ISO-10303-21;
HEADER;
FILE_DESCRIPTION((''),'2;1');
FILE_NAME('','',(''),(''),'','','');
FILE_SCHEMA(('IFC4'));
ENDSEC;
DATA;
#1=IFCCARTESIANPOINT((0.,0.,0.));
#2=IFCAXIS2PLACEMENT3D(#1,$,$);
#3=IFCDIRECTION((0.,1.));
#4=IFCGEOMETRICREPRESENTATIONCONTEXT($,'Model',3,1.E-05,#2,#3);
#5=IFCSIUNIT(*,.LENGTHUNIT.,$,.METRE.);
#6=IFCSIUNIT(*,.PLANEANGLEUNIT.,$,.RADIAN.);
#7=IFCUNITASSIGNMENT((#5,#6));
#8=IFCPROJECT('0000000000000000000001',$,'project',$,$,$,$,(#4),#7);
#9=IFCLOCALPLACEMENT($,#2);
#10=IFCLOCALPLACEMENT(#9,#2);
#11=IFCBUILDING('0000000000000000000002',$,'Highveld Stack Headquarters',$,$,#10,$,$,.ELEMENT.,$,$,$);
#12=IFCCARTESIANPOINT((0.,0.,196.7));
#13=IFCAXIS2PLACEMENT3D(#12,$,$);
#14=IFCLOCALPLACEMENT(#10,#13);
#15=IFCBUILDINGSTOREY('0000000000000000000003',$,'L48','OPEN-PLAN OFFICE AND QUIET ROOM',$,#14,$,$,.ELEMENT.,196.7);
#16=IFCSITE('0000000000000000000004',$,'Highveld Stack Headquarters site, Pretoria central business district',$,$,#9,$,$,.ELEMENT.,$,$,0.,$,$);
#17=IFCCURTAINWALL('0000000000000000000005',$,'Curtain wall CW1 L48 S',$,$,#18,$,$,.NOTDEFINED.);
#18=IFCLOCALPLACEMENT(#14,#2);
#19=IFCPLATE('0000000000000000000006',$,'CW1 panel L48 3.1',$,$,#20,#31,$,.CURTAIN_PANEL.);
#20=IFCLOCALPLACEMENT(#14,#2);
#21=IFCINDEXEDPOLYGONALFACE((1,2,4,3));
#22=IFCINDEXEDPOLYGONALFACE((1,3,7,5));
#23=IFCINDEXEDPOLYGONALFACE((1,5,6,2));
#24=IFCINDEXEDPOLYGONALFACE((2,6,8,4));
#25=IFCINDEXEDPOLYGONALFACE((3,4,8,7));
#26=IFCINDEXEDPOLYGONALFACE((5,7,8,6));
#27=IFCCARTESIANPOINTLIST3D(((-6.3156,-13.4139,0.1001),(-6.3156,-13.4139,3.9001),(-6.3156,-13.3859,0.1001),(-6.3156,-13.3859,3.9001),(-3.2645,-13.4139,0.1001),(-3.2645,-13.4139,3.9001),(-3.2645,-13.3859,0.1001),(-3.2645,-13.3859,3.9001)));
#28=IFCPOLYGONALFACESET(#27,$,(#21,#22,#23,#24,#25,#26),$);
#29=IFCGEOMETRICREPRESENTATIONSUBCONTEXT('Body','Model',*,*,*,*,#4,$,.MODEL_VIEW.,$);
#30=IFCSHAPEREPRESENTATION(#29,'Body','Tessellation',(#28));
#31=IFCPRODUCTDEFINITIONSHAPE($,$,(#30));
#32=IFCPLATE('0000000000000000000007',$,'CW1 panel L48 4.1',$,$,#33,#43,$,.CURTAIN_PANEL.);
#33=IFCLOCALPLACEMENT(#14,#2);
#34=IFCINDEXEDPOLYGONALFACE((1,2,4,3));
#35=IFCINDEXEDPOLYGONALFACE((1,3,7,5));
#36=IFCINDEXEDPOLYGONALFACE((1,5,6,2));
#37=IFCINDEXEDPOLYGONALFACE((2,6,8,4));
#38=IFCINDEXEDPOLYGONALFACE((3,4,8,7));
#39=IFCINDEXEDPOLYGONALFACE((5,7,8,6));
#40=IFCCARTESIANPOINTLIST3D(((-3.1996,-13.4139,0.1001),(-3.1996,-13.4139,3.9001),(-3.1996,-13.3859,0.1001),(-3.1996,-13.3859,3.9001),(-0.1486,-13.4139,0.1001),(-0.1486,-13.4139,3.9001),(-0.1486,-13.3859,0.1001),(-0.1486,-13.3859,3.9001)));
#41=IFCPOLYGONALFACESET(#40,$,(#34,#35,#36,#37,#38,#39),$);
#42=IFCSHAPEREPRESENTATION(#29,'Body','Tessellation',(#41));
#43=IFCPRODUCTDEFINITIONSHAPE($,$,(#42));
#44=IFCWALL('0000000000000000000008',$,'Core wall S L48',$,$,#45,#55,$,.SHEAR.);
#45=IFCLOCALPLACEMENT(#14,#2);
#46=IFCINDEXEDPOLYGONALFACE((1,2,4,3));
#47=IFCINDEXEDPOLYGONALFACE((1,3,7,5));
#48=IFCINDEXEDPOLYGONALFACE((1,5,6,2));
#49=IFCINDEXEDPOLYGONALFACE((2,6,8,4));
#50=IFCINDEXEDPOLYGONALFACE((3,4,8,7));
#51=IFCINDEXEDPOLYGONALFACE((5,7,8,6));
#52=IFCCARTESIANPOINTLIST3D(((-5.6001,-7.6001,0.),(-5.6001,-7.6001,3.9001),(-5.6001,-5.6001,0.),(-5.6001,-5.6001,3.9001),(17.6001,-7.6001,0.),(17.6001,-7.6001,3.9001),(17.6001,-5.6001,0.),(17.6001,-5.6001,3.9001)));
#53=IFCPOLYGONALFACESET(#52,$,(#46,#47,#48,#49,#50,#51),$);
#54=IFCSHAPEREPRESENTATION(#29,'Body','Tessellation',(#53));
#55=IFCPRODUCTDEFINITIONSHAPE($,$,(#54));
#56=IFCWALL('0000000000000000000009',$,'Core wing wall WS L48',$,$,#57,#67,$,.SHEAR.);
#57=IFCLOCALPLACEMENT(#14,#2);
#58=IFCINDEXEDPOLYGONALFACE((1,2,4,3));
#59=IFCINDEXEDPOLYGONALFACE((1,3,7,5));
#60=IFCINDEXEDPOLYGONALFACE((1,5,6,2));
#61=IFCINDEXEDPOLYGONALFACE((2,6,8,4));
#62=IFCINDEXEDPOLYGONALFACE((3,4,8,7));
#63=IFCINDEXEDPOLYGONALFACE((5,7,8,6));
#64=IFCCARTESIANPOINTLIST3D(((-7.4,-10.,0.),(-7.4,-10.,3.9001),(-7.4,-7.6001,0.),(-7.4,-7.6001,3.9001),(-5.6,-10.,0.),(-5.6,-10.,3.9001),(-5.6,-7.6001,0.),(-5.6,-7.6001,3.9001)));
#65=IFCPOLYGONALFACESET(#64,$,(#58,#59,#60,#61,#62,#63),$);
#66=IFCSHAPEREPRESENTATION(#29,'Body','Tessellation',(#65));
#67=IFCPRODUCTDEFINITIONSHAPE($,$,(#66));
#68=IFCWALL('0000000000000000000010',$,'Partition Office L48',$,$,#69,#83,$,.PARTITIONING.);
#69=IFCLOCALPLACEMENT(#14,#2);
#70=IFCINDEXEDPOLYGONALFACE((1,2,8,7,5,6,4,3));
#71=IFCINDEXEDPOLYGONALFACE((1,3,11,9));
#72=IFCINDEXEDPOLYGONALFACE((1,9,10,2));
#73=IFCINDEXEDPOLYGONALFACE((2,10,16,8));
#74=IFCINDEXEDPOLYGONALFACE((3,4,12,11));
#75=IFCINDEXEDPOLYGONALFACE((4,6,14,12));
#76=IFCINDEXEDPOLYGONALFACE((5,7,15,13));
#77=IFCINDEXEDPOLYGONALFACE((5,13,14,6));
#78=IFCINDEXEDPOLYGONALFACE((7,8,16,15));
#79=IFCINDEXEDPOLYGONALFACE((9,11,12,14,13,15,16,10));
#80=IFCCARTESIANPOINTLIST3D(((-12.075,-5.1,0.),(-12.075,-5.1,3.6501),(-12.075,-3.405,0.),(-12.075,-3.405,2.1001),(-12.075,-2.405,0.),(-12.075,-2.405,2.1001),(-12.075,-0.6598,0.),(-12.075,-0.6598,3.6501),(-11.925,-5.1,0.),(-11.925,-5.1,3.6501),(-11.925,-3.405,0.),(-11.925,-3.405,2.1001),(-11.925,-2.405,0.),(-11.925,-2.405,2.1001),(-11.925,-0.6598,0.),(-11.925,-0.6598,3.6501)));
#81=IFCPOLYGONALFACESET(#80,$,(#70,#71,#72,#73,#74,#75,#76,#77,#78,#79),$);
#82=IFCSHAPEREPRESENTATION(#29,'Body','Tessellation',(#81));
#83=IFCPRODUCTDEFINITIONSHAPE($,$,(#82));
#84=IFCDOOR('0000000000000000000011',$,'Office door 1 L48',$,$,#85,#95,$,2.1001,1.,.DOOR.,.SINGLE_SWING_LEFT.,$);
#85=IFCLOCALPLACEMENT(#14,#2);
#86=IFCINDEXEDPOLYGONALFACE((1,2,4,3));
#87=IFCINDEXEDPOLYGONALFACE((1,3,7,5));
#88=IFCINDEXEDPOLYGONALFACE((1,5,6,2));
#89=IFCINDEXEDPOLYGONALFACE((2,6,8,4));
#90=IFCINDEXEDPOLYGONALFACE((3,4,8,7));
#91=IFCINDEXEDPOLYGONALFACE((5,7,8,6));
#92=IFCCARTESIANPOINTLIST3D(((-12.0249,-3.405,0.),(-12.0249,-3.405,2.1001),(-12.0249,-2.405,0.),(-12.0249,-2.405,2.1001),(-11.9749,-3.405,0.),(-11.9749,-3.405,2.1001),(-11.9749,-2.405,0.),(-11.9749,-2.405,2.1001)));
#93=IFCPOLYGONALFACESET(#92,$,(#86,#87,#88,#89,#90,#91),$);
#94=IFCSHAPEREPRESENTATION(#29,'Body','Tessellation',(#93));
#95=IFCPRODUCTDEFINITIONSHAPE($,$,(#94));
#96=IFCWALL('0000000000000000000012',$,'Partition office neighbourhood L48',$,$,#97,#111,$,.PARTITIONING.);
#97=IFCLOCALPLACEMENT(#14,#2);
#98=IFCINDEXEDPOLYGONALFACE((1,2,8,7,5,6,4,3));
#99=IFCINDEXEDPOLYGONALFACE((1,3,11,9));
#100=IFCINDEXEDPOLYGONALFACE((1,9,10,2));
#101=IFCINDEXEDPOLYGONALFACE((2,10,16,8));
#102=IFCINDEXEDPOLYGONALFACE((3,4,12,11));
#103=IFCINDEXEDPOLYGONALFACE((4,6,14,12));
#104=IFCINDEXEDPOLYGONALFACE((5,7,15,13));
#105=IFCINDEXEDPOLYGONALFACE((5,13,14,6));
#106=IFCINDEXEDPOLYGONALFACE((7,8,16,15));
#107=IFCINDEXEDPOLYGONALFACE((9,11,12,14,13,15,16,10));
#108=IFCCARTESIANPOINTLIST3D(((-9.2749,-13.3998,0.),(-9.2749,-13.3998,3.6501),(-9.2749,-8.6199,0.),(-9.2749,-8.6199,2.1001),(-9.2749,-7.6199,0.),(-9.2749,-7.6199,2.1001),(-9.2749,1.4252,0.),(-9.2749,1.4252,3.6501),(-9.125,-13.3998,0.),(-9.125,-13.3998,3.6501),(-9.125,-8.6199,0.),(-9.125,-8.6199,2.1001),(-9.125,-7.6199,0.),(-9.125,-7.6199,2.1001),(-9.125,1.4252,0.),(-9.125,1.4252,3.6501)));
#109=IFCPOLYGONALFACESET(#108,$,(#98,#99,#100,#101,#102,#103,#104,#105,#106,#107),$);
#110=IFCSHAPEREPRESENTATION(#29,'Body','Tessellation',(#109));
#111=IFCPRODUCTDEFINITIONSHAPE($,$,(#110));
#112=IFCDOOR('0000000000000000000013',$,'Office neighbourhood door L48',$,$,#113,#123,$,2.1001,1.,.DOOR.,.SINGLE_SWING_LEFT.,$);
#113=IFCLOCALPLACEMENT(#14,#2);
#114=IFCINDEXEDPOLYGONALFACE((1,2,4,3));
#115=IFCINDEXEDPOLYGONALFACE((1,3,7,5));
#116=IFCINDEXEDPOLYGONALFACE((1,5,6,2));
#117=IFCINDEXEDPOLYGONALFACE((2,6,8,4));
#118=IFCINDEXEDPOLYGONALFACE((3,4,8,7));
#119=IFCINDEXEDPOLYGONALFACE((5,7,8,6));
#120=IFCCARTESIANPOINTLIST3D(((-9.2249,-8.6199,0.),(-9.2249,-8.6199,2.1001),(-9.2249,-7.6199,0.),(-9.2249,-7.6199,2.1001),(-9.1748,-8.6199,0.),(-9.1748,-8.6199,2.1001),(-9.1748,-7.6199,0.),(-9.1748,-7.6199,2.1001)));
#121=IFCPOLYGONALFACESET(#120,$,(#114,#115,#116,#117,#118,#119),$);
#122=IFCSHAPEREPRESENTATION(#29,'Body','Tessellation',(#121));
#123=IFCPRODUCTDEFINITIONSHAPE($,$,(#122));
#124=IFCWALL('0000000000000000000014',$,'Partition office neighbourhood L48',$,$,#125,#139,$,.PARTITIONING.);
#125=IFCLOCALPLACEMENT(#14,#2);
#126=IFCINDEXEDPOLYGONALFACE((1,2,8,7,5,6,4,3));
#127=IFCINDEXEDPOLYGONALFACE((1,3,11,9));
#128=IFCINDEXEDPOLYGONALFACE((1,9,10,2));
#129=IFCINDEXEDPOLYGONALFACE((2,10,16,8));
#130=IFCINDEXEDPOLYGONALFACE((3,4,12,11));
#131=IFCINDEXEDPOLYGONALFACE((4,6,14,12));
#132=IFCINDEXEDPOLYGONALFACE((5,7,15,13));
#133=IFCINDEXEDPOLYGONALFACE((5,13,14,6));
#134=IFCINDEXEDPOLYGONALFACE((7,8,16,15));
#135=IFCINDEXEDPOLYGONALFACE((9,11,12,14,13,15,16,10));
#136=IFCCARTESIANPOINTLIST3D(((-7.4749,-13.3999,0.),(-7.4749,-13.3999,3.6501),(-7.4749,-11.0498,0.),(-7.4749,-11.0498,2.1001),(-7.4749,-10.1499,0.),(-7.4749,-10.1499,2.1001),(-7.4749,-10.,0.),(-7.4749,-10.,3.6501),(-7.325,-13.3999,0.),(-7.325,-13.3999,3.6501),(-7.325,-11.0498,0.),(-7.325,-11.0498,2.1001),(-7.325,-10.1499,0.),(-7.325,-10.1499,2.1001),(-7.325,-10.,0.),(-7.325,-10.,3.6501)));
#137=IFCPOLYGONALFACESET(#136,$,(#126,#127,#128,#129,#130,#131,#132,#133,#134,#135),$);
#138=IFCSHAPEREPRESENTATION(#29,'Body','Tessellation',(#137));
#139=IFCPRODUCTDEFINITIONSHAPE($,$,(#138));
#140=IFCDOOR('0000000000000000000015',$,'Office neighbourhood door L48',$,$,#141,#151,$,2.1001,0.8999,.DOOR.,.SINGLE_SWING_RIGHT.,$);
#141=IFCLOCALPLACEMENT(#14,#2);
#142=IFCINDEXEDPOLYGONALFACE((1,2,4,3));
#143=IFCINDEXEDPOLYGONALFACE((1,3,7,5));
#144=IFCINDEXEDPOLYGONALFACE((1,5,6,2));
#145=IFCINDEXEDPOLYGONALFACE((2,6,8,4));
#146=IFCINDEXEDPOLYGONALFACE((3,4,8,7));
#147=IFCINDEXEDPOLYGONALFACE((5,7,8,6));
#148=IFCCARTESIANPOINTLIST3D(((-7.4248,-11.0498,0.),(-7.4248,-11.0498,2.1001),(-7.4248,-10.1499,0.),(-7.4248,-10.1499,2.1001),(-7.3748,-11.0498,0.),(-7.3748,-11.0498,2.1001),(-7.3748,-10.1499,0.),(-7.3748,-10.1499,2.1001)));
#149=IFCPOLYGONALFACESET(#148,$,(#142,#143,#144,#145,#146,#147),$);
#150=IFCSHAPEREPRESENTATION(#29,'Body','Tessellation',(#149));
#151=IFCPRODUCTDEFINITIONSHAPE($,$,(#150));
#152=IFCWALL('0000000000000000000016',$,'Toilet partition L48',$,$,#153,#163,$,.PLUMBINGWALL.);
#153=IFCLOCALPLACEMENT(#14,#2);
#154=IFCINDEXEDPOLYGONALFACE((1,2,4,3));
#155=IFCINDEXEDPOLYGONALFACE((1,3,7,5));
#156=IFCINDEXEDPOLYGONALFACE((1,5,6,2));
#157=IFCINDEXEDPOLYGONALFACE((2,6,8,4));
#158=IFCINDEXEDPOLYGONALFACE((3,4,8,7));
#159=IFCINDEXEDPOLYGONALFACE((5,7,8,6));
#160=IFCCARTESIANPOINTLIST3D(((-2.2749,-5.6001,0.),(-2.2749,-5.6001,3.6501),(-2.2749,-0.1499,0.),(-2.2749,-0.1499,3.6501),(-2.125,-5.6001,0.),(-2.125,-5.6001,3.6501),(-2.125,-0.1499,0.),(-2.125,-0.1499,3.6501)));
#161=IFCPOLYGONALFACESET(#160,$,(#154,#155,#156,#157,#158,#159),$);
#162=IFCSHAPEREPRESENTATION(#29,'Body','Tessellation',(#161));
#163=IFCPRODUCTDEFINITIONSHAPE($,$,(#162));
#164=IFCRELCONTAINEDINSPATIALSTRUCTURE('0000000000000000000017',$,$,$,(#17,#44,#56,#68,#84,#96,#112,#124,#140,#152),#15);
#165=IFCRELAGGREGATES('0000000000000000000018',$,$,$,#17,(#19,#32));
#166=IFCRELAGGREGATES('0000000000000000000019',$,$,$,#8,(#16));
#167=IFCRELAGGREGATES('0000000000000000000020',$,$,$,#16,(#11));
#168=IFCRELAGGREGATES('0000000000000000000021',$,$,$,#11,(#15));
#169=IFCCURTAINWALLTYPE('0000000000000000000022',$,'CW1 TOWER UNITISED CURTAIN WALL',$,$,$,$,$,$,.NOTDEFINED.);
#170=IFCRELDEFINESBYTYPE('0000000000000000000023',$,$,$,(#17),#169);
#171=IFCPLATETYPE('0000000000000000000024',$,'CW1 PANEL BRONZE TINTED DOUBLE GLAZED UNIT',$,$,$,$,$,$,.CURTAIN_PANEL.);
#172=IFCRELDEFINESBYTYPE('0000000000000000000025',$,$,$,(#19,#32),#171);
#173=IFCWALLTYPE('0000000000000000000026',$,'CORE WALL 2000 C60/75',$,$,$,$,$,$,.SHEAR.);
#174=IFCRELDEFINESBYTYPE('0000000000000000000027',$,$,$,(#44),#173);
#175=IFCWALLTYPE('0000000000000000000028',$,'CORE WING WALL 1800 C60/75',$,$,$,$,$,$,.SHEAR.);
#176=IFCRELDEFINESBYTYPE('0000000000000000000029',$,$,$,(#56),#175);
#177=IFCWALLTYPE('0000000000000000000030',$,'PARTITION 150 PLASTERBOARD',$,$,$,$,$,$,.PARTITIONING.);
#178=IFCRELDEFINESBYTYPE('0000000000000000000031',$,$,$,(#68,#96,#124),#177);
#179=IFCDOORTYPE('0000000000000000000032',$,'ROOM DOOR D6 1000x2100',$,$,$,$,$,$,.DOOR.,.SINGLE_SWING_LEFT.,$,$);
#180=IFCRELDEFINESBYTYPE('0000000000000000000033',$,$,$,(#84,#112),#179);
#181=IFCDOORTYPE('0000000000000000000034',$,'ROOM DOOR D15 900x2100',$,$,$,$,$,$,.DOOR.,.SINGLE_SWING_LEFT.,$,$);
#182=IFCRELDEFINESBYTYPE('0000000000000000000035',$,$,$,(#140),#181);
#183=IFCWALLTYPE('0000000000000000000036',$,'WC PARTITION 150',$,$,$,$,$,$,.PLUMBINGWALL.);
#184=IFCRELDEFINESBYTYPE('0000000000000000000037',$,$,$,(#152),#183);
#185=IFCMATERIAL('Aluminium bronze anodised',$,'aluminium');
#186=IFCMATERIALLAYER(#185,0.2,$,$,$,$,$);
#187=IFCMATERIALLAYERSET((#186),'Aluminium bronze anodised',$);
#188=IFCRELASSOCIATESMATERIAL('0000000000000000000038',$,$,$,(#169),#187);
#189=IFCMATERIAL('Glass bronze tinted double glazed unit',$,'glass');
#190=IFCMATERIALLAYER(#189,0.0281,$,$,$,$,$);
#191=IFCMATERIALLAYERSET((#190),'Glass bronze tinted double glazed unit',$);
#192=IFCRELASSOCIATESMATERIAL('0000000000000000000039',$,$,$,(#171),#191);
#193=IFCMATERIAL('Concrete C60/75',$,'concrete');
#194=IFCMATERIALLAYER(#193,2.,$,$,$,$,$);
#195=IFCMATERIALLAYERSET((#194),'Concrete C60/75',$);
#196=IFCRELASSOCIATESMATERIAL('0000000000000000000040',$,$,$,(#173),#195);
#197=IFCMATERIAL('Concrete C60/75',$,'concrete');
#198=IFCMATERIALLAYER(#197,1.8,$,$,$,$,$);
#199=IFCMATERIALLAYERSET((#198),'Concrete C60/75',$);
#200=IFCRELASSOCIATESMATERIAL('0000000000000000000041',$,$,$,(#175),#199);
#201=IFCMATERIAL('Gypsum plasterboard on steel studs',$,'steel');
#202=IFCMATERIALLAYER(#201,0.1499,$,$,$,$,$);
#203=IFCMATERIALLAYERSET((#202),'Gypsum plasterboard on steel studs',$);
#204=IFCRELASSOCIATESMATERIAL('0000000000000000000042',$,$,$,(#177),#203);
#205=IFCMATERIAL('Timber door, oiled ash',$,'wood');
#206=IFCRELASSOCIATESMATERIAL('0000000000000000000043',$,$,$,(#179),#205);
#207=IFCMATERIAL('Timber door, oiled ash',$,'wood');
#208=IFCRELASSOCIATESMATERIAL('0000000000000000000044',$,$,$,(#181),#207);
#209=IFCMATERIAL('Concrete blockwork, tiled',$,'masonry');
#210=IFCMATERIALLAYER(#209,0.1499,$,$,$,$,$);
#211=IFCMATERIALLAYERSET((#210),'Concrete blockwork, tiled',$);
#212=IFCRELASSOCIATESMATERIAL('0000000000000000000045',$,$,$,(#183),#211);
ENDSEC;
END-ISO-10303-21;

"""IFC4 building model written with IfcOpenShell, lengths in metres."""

from ifc_helpers import new_model, si_unit, direction, frame, frame_2d, origin, origin_2d, place, context, subcontext, project, spatial, rectangle, extrude, material, layer, layer_set, type_object, element, fill, aggregate, save


model = new_model("IFC4")

# Units and contexts
model_context = context("Model", 3, precision=1e-05, world=origin(), true_north=direction((0.0, 1.0)))
body_context = subcontext(model_context, "Body", "Model", "MODEL_VIEW")
ifc_project = project(units=[si_unit("LENGTHUNIT", "METRE"), si_unit("PLANEANGLEUNIT", "RADIAN")], contexts=[model_context])

# Site, building, storey
site_placement = place(None, origin())
site = spatial("IfcSite", under=ifc_project, at=site_placement, Name="Highveld Stack Headquarters site, Pretoria central business district", CompositionType="ELEMENT", RefElevation=0.0)
building_placement = place(site_placement, origin())
building = spatial("IfcBuilding", under=site, at=building_placement, Name="Highveld Stack Headquarters", CompositionType="ELEMENT")
storey_placement = place(building_placement, frame((0.0, 0.0, 196.7)))
storey = spatial("IfcBuildingStorey", under=building, at=storey_placement, Name="L48", Description="OPEN-PLAN OFFICE AND QUIET ROOM", CompositionType="ELEMENT", Elevation=196.7)

# Curtain wall, plates
ifc_material_1 = material(Name="Aluminium bronze anodised", Category="aluminium")
ifc_layer_1 = layer(ifc_material_1, 0.2)
ifc_layer_set_1 = layer_set([ifc_layer_1], Name="Aluminium bronze anodised")
curtain_wall_type = type_object("IfcCurtainWallType", Name="CW1 TOWER UNITISED CURTAIN WALL", PredefinedType="NOTDEFINED", material=ifc_layer_set_1)
curtain_wall_placement = place(storey_placement, origin())
curtain_wall = element("IfcCurtainWall", 1, at=curtain_wall_placement, inside=storey, type_object=curtain_wall_type, Name="Curtain wall CW1 L48 S", PredefinedType="NOTDEFINED")
ifc_material_2 = material(Name="Glass bronze tinted double glazed unit", Category="glass")
ifc_layer_2 = layer(ifc_material_2, 0.0281)
ifc_layer_set_2 = layer_set([ifc_layer_2], Name="Glass bronze tinted double glazed unit")
plate_type = type_object("IfcPlateType", Name="CW1 PANEL BRONZE TINTED DOUBLE GLAZED UNIT", PredefinedType="CURTAIN_PANEL", material=ifc_layer_set_2)
plate_1_placement = place(storey_placement, frame((-4.79, -13.3999, 0.1001), z_axis=(0.0, 0.0, 1.0), x_axis=(1.0, 0.0, 0.0)))
plate_1 = element("IfcPlate", 2, at=plate_1_placement, type_object=plate_type, Name="CW1 panel L48 3.1", PredefinedType="CURTAIN_PANEL", context=body_context, shape_type="SweptSolid", body=[
    extrude(rectangle(XDim=3.051, YDim=0.0281, at=origin_2d()), origin(), (0.0, 0.0, 1.0), 3.8),
])
plate_2_placement = place(storey_placement, frame((-1.6741, -13.3999, 0.1001), z_axis=(0.0, 0.0, 1.0), x_axis=(1.0, 0.0, 0.0)))
plate_2 = element("IfcPlate", 3, at=plate_2_placement, type_object=plate_type, Name="CW1 panel L48 4.1", PredefinedType="CURTAIN_PANEL", context=body_context, shape_type="SweptSolid", body=[
    extrude(rectangle(XDim=3.051, YDim=0.0281, at=origin_2d()), origin(), (0.0, 0.0, 1.0), 3.8),
])
aggregate(curtain_wall, [plate_1, plate_2])

# Walls
ifc_material_3 = material(Name="Concrete C60/75", Category="concrete")
ifc_layer_3 = layer(ifc_material_3, 2.0)
ifc_layer_set_3 = layer_set([ifc_layer_3], Name="Concrete C60/75")
wall_type_1 = type_object("IfcWallType", Name="CORE WALL 2000 C60/75", PredefinedType="SHEAR", material=ifc_layer_set_3)
wall_1_placement = place(storey_placement, frame((-5.6001, -6.6001, 0.0), z_axis=(0.0, 0.0, 1.0), x_axis=(1.0, 0.0, 0.0)))
element("IfcWall", 4, at=wall_1_placement, inside=storey, type_object=wall_type_1, Name="Core wall S L48", PredefinedType="SHEAR", context=body_context, shape_type="SweptSolid", body=[
    extrude(rectangle(XDim=23.2002, YDim=2.0, at=frame_2d((11.6001, 0.0))), origin(), (0.0, 0.0, 1.0), 3.9001),
])
ifc_material_4 = material(Name="Concrete C60/75", Category="concrete")
ifc_layer_4 = layer(ifc_material_4, 1.8)
ifc_layer_set_4 = layer_set([ifc_layer_4], Name="Concrete C60/75")
wall_type_2 = type_object("IfcWallType", Name="CORE WING WALL 1800 C60/75", PredefinedType="SHEAR", material=ifc_layer_set_4)
wall_2_placement = place(storey_placement, frame((-6.5, -10.0, 0.0), z_axis=(0.0, 0.0, 1.0), x_axis=(0.0, 1.0, 0.0)))
element("IfcWall", 5, at=wall_2_placement, inside=storey, type_object=wall_type_2, Name="Core wing wall WS L48", PredefinedType="SHEAR", context=body_context, shape_type="SweptSolid", body=[
    extrude(rectangle(XDim=2.3999, YDim=1.8, at=frame_2d((1.2, 0.0))), origin(), (0.0, 0.0, 1.0), 3.9001),
])

# Walls, openings, doors
ifc_material_5 = material(Name="Gypsum plasterboard on steel studs", Category="steel")
ifc_layer_5 = layer(ifc_material_5, 0.1499)
ifc_layer_set_5 = layer_set([ifc_layer_5], Name="Gypsum plasterboard on steel studs")
wall_type_3 = type_object("IfcWallType", Name="PARTITION 150 PLASTERBOARD", PredefinedType="PARTITIONING", material=ifc_layer_set_5)
wall_3_placement = place(storey_placement, frame((-12.0, -5.1001, 0.0), z_axis=(0.0, 0.0, 1.0), x_axis=(0.0, 1.0, 0.0)))
wall_3 = element("IfcWall", 6, at=wall_3_placement, inside=storey, type_object=wall_type_3, Name="Partition Office L48", PredefinedType="PARTITIONING", context=body_context, shape_type="SweptSolid", body=[
    extrude(rectangle(XDim=4.4402, YDim=0.1499, at=frame_2d((2.2202, 0.0))), origin(), (0.0, 0.0, 1.0), 3.6501),
])
opening_1_placement = place(wall_3_placement, frame((1.6951, 0.0, 0.0)))
opening_1 = element("IfcOpeningElement", 7, at=opening_1_placement, cuts=wall_3, PredefinedType="OPENING", context=body_context, shape_type="SweptSolid", body=[
    extrude(rectangle(XDim=1.0, YDim=2.1001, at=frame_2d((0.5, 1.05))), frame((0.0, 0.085, 0.0), z_axis=(0.0, -1.0, 0.0), x_axis=(1.0, 0.0, 0.0)), (0.0, 0.0, 1.0), 0.1699),
])
ifc_material_6 = material(Name="Timber door, oiled ash", Category="wood")
door_type_1 = type_object("IfcDoorType", Name="ROOM DOOR D6 1000x2100", OperationType="SINGLE_SWING_LEFT", PredefinedType="DOOR", material=ifc_material_6)
door_1_placement = place(opening_1_placement, origin())
door_1 = element("IfcDoor", 8, at=door_1_placement, inside=storey, type_object=door_type_1, Name="Office door 1 L48", OperationType="SINGLE_SWING_LEFT", OverallHeight=2.1001, OverallWidth=1.0, PredefinedType="DOOR", context=body_context, shape_type="SweptSolid", body=[
    extrude(rectangle(XDim=1.0, YDim=2.1001, at=frame_2d((0.5, 1.05))), frame((0.0, 0.0249, 0.0), z_axis=(0.0, -1.0, 0.0), x_axis=(1.0, 0.0, 0.0)), (0.0, 0.0, 1.0), 0.05),
])
fill(opening_1, door_1)
wall_4_placement = place(storey_placement, frame((-9.2, -13.3999, 0.0), z_axis=(0.0, 0.0, 1.0), x_axis=(0.0, 1.0, 0.0)))
wall_4 = element("IfcWall", 9, at=wall_4_placement, inside=storey, type_object=wall_type_3, Name="Partition office neighbourhood L48", PredefinedType="PARTITIONING", context=body_context, shape_type="SweptSolid", body=[
    extrude(rectangle(XDim=14.825, YDim=0.1499, at=frame_2d((7.4126, 0.0))), origin(), (0.0, 0.0, 1.0), 3.6501),
])
opening_2_placement = place(wall_4_placement, frame((4.78, 0.0, 0.0)))
opening_2 = element("IfcOpeningElement", 10, at=opening_2_placement, cuts=wall_4, PredefinedType="OPENING", context=body_context, shape_type="SweptSolid", body=[
    extrude(rectangle(XDim=1.0, YDim=2.1001, at=frame_2d((0.5, 1.05))), frame((0.0, 0.085, 0.0), z_axis=(0.0, -1.0, 0.0), x_axis=(1.0, 0.0, 0.0)), (0.0, 0.0, 1.0), 0.1699),
])
door_2_placement = place(opening_2_placement, origin())
door_2 = element("IfcDoor", 11, at=door_2_placement, inside=storey, type_object=door_type_1, Name="Office neighbourhood door L48", OperationType="SINGLE_SWING_LEFT", OverallHeight=2.1001, OverallWidth=1.0, PredefinedType="DOOR", context=body_context, shape_type="SweptSolid", body=[
    extrude(rectangle(XDim=1.0, YDim=2.1001, at=frame_2d((0.5, 1.05))), frame((0.0, 0.0249, 0.0), z_axis=(0.0, -1.0, 0.0), x_axis=(1.0, 0.0, 0.0)), (0.0, 0.0, 1.0), 0.05),
])
fill(opening_2, door_2)
wall_5_placement = place(storey_placement, frame((-7.3999, -13.3999, 0.0), z_axis=(0.0, 0.0, 1.0), x_axis=(0.0, 1.0, 0.0)))
wall_5 = element("IfcWall", 12, at=wall_5_placement, inside=storey, type_object=wall_type_3, Name="Partition office neighbourhood L48", PredefinedType="PARTITIONING", context=body_context, shape_type="SweptSolid", body=[
    extrude(rectangle(XDim=3.3999, YDim=0.1499, at=frame_2d((1.7, 0.0))), origin(), (0.0, 0.0, 1.0), 3.6501),
])
opening_3_placement = place(wall_5_placement, frame((2.3501, 0.0, 0.0)))
opening_3 = element("IfcOpeningElement", 13, at=opening_3_placement, cuts=wall_5, PredefinedType="OPENING", context=body_context, shape_type="SweptSolid", body=[
    extrude(rectangle(XDim=0.8999, YDim=2.1001, at=frame_2d((0.45, 1.05))), frame((0.0, 0.085, 0.0), z_axis=(0.0, -1.0, 0.0), x_axis=(1.0, 0.0, 0.0)), (0.0, 0.0, 1.0), 0.1699),
])
ifc_material_7 = material(Name="Timber door, oiled ash", Category="wood")
door_type_2 = type_object("IfcDoorType", Name="ROOM DOOR D15 900x2100", OperationType="SINGLE_SWING_LEFT", PredefinedType="DOOR", material=ifc_material_7)
door_3_placement = place(opening_3_placement, origin())
door_3 = element("IfcDoor", 14, at=door_3_placement, inside=storey, type_object=door_type_2, Name="Office neighbourhood door L48", OperationType="SINGLE_SWING_RIGHT", OverallHeight=2.1001, OverallWidth=0.8999, PredefinedType="DOOR", context=body_context, shape_type="SweptSolid", body=[
    extrude(rectangle(XDim=0.8999, YDim=2.1001, at=frame_2d((0.45, 1.05))), frame((0.0, 0.0249, 0.0), z_axis=(0.0, -1.0, 0.0), x_axis=(1.0, 0.0, 0.0)), (0.0, 0.0, 1.0), 0.05),
])
fill(opening_3, door_3)

# Wall
ifc_material_8 = material(Name="Concrete blockwork, tiled", Category="masonry")
ifc_layer_6 = layer(ifc_material_8, 0.1499)
ifc_layer_set_6 = layer_set([ifc_layer_6], Name="Concrete blockwork, tiled")
wall_type_4 = type_object("IfcWallType", Name="WC PARTITION 150", PredefinedType="PLUMBINGWALL", material=ifc_layer_set_6)
wall_6_placement = place(storey_placement, frame((-2.2, -5.6001, 0.0), z_axis=(0.0, 0.0, 1.0), x_axis=(0.0, 1.0, 0.0)))
element("IfcWall", 15, at=wall_6_placement, inside=storey, type_object=wall_type_4, Name="Toilet partition L48", PredefinedType="PLUMBINGWALL", context=body_context, shape_type="SweptSolid", body=[
    extrude(rectangle(XDim=5.4502, YDim=0.1499, at=frame_2d((2.7251, 0.0))), origin(), (0.0, 0.0, 1.0), 3.6501),
])

save(model, "model.ifc")
